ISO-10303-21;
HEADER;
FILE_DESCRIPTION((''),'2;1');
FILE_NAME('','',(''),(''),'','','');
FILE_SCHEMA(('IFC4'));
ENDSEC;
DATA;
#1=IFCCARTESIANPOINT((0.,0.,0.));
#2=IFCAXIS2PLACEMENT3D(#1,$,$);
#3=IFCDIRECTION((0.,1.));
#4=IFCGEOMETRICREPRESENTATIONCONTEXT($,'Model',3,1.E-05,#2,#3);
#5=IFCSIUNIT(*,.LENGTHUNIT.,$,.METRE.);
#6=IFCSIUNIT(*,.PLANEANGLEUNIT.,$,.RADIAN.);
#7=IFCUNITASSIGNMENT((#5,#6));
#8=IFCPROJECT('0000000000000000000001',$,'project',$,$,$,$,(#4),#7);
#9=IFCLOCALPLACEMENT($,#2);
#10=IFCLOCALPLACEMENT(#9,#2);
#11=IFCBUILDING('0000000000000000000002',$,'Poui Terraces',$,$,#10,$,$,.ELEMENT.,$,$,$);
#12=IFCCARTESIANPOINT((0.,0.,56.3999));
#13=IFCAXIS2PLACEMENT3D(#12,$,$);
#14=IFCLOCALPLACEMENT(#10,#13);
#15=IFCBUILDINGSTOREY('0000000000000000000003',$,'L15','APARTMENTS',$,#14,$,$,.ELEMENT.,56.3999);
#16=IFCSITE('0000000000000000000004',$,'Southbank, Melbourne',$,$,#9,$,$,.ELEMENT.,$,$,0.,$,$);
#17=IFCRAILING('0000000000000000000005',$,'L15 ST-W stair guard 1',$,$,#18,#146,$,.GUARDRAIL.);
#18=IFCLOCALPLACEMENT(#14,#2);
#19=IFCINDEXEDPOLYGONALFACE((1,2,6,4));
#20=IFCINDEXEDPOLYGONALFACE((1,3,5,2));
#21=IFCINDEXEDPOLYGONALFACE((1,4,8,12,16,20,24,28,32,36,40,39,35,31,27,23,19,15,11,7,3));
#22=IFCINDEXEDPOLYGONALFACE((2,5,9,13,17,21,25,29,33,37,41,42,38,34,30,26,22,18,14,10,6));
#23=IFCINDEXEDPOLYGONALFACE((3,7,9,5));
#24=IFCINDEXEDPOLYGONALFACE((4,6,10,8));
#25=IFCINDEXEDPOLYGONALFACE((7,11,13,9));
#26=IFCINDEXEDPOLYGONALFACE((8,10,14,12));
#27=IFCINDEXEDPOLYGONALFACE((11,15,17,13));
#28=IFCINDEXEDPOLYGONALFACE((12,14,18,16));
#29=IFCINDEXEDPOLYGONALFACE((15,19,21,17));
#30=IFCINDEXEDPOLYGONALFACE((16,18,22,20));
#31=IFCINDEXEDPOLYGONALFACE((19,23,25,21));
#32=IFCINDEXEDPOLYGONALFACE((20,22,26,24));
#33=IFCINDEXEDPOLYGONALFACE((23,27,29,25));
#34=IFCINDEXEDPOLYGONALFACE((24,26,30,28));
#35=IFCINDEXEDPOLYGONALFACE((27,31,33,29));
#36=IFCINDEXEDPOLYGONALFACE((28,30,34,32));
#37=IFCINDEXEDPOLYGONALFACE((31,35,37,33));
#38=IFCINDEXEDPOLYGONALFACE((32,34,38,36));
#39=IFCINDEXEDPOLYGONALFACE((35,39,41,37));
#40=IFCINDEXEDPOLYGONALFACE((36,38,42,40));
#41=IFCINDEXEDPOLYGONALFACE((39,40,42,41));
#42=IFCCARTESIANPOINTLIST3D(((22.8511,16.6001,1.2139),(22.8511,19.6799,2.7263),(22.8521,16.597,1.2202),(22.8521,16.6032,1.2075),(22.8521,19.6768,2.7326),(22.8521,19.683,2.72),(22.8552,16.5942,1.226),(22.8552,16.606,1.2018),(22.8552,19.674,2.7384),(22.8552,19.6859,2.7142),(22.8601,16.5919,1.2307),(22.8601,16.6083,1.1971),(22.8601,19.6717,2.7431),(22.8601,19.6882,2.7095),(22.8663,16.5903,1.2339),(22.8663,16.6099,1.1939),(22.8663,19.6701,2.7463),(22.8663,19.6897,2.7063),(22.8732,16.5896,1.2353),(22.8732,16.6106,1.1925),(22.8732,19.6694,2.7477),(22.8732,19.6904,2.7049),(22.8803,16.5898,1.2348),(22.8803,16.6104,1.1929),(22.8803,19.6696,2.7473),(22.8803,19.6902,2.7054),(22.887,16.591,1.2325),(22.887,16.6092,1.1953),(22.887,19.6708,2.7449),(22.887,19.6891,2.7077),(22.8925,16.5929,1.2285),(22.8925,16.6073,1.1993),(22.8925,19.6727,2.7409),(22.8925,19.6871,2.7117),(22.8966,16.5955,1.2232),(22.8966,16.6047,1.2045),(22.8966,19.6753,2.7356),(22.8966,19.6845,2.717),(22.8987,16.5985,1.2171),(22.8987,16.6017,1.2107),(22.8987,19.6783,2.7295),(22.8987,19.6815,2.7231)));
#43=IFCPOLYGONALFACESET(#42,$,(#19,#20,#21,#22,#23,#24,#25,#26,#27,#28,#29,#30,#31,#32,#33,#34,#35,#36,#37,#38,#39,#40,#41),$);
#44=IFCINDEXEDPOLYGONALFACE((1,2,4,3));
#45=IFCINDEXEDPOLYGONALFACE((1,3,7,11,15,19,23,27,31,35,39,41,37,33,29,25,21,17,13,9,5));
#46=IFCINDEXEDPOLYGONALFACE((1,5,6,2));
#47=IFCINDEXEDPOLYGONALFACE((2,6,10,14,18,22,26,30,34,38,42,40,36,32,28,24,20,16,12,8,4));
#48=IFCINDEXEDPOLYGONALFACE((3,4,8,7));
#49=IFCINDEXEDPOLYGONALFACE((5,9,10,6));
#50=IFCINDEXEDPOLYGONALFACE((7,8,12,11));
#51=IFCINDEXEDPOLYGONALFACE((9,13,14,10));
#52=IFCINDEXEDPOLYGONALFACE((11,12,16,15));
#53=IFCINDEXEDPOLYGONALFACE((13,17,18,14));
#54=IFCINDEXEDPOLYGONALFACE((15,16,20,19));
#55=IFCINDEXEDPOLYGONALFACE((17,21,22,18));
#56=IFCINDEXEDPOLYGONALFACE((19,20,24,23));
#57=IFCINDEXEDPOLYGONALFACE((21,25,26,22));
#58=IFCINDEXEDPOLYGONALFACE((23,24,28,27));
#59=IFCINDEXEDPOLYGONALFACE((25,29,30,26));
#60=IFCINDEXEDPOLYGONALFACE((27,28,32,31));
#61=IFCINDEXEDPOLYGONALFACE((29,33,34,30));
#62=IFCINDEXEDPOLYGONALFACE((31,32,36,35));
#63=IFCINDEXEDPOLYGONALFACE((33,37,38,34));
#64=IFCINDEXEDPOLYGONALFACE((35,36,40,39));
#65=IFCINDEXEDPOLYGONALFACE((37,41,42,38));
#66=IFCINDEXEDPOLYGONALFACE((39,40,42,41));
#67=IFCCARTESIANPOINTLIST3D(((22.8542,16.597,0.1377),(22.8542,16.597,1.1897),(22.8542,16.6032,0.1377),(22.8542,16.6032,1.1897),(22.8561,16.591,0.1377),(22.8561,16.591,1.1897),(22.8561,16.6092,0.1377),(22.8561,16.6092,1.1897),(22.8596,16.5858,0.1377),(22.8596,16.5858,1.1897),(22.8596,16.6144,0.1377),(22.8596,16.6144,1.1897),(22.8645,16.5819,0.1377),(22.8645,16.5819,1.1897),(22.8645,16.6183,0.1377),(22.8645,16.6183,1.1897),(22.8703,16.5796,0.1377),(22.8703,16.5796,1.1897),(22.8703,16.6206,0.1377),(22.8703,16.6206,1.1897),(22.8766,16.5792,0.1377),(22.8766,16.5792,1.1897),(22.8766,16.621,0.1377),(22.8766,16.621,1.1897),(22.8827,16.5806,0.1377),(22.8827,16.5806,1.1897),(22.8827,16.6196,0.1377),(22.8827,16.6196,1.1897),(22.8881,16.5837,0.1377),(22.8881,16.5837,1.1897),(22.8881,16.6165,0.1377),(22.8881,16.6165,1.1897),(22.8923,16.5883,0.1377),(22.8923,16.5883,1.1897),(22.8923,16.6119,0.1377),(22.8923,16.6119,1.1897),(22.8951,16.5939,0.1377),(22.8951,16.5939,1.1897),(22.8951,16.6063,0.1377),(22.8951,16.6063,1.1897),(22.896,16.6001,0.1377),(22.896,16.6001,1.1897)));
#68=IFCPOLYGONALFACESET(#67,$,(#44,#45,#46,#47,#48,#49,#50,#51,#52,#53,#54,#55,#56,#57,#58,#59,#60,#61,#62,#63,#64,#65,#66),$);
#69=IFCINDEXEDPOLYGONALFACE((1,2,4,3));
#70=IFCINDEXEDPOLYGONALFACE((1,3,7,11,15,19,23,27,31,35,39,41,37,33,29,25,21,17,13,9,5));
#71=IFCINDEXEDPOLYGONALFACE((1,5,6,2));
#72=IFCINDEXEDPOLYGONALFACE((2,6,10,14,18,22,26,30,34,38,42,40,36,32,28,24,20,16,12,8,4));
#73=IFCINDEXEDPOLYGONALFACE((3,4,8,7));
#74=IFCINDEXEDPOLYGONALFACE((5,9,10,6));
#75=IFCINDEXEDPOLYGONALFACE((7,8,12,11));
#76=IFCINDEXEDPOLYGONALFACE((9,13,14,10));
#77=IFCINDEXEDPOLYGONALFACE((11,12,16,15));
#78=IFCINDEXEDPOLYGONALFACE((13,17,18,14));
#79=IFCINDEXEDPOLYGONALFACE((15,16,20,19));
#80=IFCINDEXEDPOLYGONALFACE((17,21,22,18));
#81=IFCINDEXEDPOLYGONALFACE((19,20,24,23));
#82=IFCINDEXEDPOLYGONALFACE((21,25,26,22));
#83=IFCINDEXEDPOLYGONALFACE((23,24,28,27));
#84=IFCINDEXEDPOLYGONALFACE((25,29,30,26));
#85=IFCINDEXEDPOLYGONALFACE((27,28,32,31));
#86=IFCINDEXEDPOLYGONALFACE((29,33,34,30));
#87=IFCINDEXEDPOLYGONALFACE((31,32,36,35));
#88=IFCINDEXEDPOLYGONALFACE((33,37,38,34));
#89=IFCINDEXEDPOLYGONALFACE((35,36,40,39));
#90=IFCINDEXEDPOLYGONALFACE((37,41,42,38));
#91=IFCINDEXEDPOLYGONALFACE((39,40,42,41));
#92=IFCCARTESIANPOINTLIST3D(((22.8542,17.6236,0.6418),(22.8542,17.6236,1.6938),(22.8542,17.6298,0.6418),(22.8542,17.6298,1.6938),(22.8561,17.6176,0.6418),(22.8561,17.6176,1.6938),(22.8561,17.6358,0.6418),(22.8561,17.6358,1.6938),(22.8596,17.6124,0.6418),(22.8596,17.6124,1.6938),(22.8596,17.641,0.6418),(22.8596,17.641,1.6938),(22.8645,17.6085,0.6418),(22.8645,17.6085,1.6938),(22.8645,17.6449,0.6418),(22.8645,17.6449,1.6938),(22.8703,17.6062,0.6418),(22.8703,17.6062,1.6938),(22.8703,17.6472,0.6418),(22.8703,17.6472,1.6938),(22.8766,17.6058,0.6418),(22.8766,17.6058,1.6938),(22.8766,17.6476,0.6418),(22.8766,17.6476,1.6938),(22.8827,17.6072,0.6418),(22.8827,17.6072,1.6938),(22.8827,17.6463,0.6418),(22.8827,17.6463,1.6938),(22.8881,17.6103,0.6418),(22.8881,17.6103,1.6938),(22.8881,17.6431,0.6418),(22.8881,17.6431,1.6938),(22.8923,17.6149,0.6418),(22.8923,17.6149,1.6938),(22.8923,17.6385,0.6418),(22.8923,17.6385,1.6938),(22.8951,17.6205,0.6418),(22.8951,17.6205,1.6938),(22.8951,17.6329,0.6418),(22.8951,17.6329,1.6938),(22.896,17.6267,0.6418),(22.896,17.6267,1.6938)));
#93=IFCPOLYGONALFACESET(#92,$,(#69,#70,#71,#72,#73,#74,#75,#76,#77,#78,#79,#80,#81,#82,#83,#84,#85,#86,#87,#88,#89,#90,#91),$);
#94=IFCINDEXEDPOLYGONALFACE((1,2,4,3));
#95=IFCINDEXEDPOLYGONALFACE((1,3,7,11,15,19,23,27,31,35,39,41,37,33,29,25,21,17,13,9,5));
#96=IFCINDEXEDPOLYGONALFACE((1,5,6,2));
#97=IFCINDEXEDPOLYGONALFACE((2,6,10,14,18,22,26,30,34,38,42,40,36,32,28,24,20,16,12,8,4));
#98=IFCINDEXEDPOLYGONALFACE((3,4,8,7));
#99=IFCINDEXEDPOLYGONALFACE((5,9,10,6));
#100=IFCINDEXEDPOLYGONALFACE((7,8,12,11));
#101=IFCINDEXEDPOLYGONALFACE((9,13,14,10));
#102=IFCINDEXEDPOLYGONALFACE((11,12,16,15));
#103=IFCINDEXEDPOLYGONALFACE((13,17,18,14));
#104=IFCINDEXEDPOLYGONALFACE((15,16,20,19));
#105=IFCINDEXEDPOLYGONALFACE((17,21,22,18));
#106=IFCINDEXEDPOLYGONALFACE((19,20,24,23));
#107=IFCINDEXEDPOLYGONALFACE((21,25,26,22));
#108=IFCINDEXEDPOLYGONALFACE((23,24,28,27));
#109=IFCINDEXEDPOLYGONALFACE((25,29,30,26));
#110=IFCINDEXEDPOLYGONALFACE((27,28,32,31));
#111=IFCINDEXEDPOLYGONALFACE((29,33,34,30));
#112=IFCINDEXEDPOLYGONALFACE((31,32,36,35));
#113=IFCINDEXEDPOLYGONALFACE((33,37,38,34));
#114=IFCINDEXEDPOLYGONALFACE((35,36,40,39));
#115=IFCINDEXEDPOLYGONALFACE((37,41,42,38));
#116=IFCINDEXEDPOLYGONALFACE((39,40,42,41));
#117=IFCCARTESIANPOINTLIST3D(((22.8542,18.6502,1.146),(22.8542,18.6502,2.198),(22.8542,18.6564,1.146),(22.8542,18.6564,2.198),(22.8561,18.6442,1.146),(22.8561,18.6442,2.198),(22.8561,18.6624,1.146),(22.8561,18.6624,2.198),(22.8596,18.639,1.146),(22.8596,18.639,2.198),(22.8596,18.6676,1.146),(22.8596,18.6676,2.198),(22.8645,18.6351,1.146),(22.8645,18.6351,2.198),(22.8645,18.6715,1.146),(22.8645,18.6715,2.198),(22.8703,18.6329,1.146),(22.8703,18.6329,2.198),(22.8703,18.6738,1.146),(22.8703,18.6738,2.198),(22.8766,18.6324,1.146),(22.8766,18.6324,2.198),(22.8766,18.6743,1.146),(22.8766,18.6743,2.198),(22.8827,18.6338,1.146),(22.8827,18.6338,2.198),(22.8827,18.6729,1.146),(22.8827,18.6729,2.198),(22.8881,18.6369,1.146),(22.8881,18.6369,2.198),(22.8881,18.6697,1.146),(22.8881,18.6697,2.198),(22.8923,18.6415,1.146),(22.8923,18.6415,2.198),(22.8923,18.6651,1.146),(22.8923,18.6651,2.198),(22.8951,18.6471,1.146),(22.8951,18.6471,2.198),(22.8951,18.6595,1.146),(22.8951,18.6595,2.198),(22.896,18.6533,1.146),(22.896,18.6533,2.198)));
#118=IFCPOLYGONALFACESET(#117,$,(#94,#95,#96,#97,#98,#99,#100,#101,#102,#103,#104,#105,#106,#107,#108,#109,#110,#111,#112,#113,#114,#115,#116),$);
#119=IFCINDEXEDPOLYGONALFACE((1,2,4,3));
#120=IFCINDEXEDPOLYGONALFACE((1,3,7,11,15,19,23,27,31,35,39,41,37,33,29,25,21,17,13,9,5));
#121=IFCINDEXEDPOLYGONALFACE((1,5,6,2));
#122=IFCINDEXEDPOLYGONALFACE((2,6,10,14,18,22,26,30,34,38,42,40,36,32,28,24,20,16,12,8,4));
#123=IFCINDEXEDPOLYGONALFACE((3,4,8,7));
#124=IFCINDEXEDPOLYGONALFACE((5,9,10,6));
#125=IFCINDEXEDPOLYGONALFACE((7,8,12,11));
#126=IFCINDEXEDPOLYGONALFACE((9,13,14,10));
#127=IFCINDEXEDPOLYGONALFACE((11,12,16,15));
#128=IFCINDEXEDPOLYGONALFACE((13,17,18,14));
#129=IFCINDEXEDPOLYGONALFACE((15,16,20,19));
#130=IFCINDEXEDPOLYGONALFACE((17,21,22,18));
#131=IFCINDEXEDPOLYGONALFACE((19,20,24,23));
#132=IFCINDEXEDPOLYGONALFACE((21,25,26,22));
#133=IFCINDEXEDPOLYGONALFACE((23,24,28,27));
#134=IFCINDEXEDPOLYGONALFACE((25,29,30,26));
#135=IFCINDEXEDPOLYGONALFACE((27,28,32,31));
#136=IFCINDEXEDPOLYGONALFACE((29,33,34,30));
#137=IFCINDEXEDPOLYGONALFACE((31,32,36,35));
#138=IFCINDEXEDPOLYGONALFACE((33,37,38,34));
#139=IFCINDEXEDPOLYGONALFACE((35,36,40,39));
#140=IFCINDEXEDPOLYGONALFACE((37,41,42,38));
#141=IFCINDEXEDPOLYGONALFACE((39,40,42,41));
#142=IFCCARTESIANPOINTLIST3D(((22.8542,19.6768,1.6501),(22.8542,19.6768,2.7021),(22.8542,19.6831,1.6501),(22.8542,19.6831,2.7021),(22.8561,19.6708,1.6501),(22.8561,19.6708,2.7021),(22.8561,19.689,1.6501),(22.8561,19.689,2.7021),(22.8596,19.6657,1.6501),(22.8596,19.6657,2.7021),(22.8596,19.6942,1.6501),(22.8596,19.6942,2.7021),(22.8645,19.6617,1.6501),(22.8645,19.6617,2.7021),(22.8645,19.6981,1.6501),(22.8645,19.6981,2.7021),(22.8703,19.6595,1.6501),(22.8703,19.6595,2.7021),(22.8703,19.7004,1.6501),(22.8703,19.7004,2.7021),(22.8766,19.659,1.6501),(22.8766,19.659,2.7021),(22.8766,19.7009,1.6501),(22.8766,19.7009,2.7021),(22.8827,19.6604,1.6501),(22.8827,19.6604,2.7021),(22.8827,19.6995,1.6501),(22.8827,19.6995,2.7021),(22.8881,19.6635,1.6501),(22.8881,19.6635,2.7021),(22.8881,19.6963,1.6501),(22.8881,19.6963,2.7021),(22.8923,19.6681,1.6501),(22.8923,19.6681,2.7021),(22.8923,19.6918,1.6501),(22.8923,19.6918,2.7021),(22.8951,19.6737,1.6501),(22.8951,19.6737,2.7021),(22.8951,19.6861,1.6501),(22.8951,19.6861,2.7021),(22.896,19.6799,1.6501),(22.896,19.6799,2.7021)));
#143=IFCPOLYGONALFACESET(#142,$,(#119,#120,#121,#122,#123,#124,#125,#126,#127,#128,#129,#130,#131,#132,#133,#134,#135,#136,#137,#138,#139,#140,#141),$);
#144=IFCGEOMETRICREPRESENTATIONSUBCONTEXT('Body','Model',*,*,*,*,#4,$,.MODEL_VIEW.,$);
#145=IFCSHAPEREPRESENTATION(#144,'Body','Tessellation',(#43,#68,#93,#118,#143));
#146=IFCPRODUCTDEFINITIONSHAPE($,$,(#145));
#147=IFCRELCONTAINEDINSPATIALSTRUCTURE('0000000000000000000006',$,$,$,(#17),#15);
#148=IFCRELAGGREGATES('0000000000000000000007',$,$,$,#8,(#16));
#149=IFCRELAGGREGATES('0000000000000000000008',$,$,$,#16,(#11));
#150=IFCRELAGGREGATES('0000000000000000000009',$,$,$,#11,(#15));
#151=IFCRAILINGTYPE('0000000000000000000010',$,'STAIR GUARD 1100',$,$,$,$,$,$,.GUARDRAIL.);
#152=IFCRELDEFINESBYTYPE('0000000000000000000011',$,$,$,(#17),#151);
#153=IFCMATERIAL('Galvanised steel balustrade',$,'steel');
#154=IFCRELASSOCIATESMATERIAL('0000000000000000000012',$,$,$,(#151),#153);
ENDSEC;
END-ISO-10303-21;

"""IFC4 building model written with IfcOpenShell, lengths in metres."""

from ifc_helpers import new_model, si_unit, direction, frame, origin, origin_2d, place, context, subcontext, project, spatial, circle, extrude, material, type_object, element, save


model = new_model("IFC4")

# Units and contexts
model_context = context("Model", 3, precision=1e-05, world=origin(), true_north=direction((0.0, 1.0)))
body_context = subcontext(model_context, "Body", "Model", "MODEL_VIEW")
ifc_project = project(units=[si_unit("LENGTHUNIT", "METRE"), si_unit("PLANEANGLEUNIT", "RADIAN")], contexts=[model_context])

# Site, building, storey
site_placement = place(None, origin())
site = spatial("IfcSite", under=ifc_project, at=site_placement, Name="Southbank, Melbourne", CompositionType="ELEMENT", RefElevation=0.0)
building_placement = place(site_placement, origin())
building = spatial("IfcBuilding", under=site, at=building_placement, Name="Poui Terraces", CompositionType="ELEMENT")
storey_placement = place(building_placement, frame((0.0, 0.0, 56.3999)))
storey = spatial("IfcBuildingStorey", under=building, at=storey_placement, Name="L15", Description="APARTMENTS", CompositionType="ELEMENT", Elevation=56.3999)

# Railing
ifc_material_1 = material(Name="Galvanised steel balustrade", Category="steel")
railing_type_1 = type_object("IfcRailingType", Name="STAIR GUARD 1100", PredefinedType="GUARDRAIL", material=ifc_material_1)
railing_1_placement = place(storey_placement, frame((22.875, 16.6001, 0.1377)))
element("IfcRailing", 1, at=railing_1_placement, inside=storey, type_object=railing_type_1, Name="L15 ST-W stair guard 1", PredefinedType="GUARDRAIL", context=body_context, shape_type="SweptSolid", body=[
    extrude(circle(Radius=0.0239, at=origin_2d()), frame((0.0, 0.0, 1.0762), z_axis=(0.0, 0.897606, 0.440798), x_axis=(-1.0, 0.0, 0.0)), (0.0, 0.0, 1.0), 3.4312),
    extrude(circle(Radius=0.021, at=origin_2d()), origin(), (0.0, 0.0, 1.0), 1.052),
    extrude(circle(Radius=0.021, at=origin_2d()), frame((0.0, 1.0266, 0.5042)), (0.0, 0.0, 1.0), 1.052),
    extrude(circle(Radius=0.021, at=origin_2d()), frame((0.0, 2.0532, 1.0083)), (0.0, 0.0, 1.0), 1.052),
    extrude(circle(Radius=0.021, at=origin_2d()), frame((0.0, 3.0798, 1.5125)), (0.0, 0.0, 1.0), 1.052),
])

save(model, "model.ifc")
